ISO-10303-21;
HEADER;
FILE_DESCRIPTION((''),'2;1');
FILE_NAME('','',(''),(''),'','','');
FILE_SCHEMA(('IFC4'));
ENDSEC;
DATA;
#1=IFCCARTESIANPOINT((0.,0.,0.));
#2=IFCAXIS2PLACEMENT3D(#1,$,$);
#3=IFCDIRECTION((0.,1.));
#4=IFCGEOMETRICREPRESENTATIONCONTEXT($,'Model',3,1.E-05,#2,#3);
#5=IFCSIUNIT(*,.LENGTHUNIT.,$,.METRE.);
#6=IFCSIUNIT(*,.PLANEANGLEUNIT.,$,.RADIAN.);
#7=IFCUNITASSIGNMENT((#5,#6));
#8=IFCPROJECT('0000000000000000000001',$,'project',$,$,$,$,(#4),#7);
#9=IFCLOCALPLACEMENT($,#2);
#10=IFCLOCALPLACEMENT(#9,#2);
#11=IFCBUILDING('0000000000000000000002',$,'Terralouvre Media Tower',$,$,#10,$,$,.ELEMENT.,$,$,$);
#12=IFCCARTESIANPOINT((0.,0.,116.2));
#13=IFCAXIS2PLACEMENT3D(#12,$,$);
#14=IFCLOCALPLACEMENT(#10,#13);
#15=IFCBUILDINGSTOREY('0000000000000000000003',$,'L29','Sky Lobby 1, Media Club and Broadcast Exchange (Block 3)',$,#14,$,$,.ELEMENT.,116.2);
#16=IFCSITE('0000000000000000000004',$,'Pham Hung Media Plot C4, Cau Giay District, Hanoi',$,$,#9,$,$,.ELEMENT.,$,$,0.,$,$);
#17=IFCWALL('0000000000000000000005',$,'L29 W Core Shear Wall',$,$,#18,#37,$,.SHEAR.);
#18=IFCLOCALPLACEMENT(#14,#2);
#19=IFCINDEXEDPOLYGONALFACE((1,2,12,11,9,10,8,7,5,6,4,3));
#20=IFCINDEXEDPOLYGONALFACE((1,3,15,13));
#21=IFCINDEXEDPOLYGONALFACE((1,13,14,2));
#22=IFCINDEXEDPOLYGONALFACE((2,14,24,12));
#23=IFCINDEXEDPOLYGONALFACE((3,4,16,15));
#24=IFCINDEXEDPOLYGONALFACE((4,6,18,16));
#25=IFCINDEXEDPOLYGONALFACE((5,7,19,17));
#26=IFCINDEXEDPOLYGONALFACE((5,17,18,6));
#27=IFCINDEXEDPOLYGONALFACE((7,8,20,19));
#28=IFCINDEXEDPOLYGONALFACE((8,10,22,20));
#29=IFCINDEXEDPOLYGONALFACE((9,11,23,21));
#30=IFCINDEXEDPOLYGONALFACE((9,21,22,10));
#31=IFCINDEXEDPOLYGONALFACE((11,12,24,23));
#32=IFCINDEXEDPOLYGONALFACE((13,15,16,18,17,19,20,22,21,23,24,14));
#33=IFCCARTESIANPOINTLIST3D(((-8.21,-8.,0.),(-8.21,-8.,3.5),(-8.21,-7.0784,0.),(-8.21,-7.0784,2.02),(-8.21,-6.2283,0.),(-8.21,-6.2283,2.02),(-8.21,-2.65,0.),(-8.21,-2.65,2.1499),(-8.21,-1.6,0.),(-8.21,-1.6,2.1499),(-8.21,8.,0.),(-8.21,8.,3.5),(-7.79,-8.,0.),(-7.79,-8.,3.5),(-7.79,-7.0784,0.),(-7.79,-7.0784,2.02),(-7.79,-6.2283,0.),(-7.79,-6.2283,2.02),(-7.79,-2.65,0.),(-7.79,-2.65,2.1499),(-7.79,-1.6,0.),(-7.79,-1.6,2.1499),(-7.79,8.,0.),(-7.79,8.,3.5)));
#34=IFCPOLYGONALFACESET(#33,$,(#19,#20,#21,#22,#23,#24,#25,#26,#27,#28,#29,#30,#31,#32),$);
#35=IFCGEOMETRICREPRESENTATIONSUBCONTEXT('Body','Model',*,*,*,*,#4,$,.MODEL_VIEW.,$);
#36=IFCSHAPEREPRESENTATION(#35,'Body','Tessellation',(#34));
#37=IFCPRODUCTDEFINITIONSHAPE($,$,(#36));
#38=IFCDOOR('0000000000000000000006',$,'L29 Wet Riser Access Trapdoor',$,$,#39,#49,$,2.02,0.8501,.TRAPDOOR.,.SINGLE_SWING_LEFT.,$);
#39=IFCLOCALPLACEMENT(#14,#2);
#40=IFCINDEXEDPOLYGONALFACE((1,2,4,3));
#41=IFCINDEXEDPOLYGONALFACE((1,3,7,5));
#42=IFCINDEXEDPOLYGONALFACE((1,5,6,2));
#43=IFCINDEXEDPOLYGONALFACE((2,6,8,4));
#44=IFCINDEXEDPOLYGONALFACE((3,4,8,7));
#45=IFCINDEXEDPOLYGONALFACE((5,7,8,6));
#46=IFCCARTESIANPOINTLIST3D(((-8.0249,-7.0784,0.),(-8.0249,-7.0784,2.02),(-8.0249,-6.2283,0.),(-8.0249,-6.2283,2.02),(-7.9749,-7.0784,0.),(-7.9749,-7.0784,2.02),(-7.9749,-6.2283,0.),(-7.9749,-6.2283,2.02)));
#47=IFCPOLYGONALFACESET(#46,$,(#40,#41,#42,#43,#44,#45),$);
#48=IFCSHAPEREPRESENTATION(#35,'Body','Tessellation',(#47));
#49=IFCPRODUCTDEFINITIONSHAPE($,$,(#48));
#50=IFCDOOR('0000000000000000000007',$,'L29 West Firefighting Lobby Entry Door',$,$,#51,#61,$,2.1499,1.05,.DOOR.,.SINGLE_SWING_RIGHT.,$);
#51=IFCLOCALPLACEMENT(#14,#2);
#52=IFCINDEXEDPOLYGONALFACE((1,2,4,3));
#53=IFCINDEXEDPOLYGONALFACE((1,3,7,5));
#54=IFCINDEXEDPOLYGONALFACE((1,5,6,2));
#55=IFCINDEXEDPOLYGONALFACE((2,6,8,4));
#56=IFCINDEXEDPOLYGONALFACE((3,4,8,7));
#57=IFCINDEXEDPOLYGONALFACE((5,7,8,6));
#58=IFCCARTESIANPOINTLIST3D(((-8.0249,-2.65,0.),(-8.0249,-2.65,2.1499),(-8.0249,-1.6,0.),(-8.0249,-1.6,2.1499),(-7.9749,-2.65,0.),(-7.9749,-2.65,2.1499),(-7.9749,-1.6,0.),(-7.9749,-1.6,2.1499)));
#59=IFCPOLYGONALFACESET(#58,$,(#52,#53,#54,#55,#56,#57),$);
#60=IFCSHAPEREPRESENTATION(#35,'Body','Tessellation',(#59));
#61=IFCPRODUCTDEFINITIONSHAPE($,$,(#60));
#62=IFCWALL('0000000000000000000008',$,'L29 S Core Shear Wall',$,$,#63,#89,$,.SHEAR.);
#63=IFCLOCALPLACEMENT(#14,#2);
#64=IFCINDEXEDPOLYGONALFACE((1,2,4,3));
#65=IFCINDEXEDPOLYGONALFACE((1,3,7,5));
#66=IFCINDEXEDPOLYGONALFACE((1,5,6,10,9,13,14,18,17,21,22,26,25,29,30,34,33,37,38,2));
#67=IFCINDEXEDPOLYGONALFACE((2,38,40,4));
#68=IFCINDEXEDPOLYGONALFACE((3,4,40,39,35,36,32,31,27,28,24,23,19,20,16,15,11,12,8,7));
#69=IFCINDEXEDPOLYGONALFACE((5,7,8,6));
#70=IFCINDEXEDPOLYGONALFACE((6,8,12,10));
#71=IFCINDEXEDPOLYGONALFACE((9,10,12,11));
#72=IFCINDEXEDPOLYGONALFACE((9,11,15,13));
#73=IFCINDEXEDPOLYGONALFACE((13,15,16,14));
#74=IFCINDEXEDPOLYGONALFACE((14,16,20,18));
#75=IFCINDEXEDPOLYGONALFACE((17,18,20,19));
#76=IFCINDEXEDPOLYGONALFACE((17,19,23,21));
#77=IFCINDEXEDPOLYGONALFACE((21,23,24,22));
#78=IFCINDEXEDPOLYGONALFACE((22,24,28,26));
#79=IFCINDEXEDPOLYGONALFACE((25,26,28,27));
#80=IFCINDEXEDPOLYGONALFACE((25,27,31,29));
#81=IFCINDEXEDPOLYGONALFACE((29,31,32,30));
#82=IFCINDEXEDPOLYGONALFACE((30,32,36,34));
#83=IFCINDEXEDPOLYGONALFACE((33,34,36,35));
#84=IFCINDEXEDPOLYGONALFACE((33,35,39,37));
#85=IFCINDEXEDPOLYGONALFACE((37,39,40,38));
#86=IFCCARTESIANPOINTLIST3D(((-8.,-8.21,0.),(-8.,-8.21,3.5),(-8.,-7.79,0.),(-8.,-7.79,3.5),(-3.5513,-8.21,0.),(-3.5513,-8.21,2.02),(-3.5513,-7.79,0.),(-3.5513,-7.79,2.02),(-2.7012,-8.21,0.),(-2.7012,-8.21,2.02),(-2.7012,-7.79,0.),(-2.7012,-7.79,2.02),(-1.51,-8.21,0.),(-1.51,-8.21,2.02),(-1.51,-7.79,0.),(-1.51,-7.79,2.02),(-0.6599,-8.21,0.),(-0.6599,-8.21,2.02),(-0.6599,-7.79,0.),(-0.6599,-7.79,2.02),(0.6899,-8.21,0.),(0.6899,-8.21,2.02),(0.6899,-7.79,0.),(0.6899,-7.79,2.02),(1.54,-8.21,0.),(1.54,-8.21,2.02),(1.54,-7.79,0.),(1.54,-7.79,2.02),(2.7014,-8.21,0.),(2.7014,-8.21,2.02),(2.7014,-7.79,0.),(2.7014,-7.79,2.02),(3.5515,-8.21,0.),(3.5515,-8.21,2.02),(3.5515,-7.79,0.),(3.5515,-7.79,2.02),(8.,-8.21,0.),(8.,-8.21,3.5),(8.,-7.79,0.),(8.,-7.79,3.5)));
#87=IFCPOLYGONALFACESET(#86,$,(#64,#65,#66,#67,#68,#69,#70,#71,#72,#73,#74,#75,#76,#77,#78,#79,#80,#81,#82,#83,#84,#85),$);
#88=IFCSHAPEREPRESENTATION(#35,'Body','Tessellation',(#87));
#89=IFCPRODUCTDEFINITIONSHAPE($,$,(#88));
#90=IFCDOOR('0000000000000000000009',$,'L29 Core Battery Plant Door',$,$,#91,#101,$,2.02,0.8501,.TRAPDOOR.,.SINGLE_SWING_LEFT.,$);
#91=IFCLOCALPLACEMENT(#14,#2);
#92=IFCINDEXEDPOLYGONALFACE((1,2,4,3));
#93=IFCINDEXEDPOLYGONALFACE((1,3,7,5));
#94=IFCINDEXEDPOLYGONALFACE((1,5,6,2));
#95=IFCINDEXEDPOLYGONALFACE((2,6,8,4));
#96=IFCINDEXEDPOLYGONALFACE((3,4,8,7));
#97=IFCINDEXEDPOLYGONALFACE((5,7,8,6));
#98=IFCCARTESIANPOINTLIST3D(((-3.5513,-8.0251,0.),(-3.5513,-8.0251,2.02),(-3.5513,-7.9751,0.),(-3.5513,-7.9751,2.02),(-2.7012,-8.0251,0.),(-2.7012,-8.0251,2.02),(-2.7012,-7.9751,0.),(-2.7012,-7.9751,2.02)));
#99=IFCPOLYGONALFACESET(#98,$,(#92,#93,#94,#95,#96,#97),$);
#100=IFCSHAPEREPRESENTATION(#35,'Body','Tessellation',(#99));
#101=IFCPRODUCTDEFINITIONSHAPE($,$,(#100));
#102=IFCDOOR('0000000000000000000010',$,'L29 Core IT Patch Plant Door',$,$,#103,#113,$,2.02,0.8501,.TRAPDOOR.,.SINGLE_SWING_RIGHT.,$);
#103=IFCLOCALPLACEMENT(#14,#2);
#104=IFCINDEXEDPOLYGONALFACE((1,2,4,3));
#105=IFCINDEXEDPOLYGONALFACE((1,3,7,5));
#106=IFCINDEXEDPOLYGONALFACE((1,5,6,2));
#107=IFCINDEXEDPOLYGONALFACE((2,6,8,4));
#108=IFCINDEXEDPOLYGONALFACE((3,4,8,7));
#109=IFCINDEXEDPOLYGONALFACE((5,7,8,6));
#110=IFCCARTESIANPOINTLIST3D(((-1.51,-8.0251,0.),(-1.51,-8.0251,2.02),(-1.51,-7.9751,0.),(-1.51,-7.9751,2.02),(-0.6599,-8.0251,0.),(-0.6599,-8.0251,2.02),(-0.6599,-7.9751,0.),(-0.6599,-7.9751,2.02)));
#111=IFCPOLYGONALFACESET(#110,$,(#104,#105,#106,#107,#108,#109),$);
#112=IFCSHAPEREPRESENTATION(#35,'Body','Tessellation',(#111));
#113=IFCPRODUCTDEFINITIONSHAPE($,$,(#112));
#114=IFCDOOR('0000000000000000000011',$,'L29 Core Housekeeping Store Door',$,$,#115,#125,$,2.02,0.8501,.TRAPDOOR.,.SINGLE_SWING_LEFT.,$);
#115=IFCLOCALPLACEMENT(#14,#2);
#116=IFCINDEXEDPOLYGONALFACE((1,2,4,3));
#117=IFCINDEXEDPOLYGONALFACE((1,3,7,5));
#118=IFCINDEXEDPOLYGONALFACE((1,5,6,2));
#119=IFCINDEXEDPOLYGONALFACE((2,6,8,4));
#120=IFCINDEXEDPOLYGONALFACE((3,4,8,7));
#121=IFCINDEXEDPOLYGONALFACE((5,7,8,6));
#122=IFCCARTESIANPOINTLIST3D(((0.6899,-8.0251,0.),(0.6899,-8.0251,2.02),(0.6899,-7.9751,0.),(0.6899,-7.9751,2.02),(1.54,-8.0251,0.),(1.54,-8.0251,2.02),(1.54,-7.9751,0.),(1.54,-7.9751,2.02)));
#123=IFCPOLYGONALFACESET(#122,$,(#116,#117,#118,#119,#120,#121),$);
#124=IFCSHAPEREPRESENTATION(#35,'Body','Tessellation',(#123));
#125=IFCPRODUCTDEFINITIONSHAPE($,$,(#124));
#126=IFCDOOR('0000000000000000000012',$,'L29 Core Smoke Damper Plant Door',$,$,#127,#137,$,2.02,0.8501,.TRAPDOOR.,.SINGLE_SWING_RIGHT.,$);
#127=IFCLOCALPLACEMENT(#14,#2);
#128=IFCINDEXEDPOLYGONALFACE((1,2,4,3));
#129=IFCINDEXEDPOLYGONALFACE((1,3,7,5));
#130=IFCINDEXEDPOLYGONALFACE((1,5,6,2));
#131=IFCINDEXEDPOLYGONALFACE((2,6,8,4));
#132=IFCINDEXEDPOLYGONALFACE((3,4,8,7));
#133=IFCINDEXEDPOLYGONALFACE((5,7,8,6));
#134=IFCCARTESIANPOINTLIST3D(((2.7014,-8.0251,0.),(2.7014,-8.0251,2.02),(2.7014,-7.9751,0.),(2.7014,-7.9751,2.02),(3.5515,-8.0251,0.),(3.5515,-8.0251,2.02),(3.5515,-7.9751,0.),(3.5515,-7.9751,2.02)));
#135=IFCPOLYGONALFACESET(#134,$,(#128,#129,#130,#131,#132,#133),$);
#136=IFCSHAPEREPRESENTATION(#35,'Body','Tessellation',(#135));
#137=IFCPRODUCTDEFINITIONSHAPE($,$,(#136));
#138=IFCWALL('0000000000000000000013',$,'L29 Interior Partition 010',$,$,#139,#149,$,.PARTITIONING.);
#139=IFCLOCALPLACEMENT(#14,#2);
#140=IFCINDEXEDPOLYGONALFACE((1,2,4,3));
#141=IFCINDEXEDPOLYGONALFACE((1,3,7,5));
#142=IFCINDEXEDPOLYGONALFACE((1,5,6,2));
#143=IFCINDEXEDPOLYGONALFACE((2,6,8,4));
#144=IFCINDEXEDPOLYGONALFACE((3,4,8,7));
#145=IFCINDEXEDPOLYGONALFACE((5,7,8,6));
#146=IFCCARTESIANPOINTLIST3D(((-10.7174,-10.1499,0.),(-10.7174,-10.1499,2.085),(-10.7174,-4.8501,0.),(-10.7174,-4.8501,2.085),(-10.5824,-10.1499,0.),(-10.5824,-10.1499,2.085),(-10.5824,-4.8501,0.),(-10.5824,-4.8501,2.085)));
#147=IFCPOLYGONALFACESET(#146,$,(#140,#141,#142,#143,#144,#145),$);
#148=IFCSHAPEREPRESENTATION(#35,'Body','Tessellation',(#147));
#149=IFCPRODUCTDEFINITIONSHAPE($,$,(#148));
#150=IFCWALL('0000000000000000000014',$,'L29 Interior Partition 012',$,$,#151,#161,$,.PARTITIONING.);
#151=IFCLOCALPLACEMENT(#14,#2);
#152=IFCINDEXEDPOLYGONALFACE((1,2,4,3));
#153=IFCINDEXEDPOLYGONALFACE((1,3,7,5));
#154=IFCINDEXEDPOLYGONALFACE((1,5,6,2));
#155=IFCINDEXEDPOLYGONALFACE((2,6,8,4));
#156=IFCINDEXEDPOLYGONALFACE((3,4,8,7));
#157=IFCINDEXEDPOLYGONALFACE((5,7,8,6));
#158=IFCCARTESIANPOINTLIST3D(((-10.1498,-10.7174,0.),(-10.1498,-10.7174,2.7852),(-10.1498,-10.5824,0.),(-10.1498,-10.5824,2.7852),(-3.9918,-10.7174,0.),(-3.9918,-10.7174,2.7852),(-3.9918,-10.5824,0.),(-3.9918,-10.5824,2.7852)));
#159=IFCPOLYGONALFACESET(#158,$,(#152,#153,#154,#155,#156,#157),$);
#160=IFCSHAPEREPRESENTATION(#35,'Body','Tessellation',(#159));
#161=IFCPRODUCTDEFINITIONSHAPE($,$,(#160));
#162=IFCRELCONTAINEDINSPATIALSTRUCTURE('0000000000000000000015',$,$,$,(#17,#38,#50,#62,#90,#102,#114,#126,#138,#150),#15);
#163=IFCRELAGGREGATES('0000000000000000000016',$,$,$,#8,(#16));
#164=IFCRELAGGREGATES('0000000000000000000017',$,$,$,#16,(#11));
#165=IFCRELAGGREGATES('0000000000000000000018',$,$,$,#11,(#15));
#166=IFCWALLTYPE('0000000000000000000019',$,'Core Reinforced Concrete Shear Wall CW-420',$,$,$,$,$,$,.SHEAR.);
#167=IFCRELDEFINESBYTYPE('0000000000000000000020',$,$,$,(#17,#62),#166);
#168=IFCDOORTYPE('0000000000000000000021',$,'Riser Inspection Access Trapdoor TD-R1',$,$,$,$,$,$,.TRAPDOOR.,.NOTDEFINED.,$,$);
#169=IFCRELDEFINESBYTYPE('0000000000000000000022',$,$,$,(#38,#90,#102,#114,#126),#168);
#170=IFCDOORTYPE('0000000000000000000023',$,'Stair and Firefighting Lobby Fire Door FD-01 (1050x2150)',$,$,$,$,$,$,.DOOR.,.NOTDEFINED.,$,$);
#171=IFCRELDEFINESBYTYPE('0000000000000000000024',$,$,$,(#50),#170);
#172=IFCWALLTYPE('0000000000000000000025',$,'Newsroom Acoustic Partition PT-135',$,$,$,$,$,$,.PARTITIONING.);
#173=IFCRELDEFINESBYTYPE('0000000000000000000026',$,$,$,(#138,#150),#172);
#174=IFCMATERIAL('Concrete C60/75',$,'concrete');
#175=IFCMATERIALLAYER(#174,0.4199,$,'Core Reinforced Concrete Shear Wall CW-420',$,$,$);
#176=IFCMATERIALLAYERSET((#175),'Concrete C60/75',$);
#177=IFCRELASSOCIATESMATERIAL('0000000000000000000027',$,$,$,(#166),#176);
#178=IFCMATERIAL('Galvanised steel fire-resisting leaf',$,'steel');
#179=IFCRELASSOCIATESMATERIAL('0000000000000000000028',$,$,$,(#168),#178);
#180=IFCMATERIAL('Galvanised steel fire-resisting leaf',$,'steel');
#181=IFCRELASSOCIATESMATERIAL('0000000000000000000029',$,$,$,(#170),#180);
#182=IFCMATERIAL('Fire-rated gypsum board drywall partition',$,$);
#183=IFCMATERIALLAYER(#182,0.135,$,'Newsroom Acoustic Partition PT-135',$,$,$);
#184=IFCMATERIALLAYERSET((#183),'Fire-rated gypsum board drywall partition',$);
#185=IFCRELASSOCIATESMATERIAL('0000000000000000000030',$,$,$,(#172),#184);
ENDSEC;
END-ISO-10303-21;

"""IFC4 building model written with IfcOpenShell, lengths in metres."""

from ifc_helpers import new_model, si_unit, direction, frame, frame_2d, origin, place, context, subcontext, project, spatial, rectangle, extrude, material, layer, layer_set, type_object, element, fill, save


model = new_model("IFC4")

# Units and contexts
model_context = context("Model", 3, precision=1e-05, world=origin(), true_north=direction((0.0, 1.0)))
body_context = subcontext(model_context, "Body", "Model", "MODEL_VIEW")
ifc_project = project(units=[si_unit("LENGTHUNIT", "METRE"), si_unit("PLANEANGLEUNIT", "RADIAN")], contexts=[model_context])

# Site, building, storey
site_placement = place(None, origin())
site = spatial("IfcSite", under=ifc_project, at=site_placement, Name="Pham Hung Media Plot C4, Cau Giay District, Hanoi", CompositionType="ELEMENT", RefElevation=0.0)
building_placement = place(site_placement, origin())
building = spatial("IfcBuilding", under=site, at=building_placement, Name="Terralouvre Media Tower", CompositionType="ELEMENT")
storey_placement = place(building_placement, frame((0.0, 0.0, 116.2)))
storey = spatial("IfcBuildingStorey", under=building, at=storey_placement, Name="L29", Description="Sky Lobby 1, Media Club and Broadcast Exchange (Block 3)", CompositionType="ELEMENT", Elevation=116.2)

# Walls, openings, doors
ifc_material_1 = material(Name="Concrete C60/75", Category="concrete")
ifc_layer_1 = layer(ifc_material_1, 0.4199, Name="Core Reinforced Concrete Shear Wall CW-420")
ifc_layer_set_1 = layer_set([ifc_layer_1], Name="Concrete C60/75")
wall_type_1 = type_object("IfcWallType", Name="Core Reinforced Concrete Shear Wall CW-420", PredefinedType="SHEAR", material=ifc_layer_set_1)
wall_1_placement = place(storey_placement, frame((-8.0, -8.0, 0.0), z_axis=(0.0, 0.0, 1.0), x_axis=(0.0, 1.0, 0.0)))
wall_1 = element("IfcWall", 1, at=wall_1_placement, inside=storey, type_object=wall_type_1, Name="L29 W Core Shear Wall", PredefinedType="SHEAR", context=body_context, shape_type="SweptSolid", body=[
    extrude(rectangle(XDim=16.0, YDim=0.4199, at=frame_2d((8.0, 0.0))), origin(), (0.0, 0.0, 1.0), 3.5),
])
opening_1_placement = place(wall_1_placement, frame((0.9216, 0.0, 0.0)))
opening_1 = element("IfcOpeningElement", 2, at=opening_1_placement, cuts=wall_1, PredefinedType="OPENING", context=body_context, shape_type="SweptSolid", body=[
    extrude(rectangle(XDim=0.8501, YDim=2.02, at=frame_2d((0.425, 1.01))), frame((0.0, 0.22, 0.0), z_axis=(0.0, -1.0, 0.0), x_axis=(1.0, 0.0, 0.0)), (0.0, 0.0, 1.0), 0.4399),
])
opening_2_placement = place(wall_1_placement, frame((5.3501, 0.0, 0.0)))
opening_2 = element("IfcOpeningElement", 3, at=opening_2_placement, cuts=wall_1, PredefinedType="OPENING", context=body_context, shape_type="SweptSolid", body=[
    extrude(rectangle(XDim=1.05, YDim=2.1499, at=frame_2d((0.5249, 1.075))), frame((0.0, 0.22, 0.0), z_axis=(0.0, -1.0, 0.0), x_axis=(1.0, 0.0, 0.0)), (0.0, 0.0, 1.0), 0.4399),
])
ifc_material_2 = material(Name="Galvanised steel fire-resisting leaf", Category="steel")
door_type_1 = type_object("IfcDoorType", Name="Riser Inspection Access Trapdoor TD-R1", OperationType="NOTDEFINED", PredefinedType="TRAPDOOR", material=ifc_material_2)
door_1_placement = place(opening_1_placement, origin())
door_1 = element("IfcDoor", 4, at=door_1_placement, inside=storey, type_object=door_type_1, Name="L29 Wet Riser Access Trapdoor", OperationType="SINGLE_SWING_LEFT", OverallHeight=2.02, OverallWidth=0.8501, PredefinedType="TRAPDOOR", context=body_context, shape_type="SweptSolid", body=[
    extrude(rectangle(XDim=0.8501, YDim=2.02, at=frame_2d((0.425, 1.01))), frame((0.0, 0.0249, 0.0), z_axis=(0.0, -1.0, 0.0), x_axis=(1.0, 0.0, 0.0)), (0.0, 0.0, 1.0), 0.05),
])
fill(opening_1, door_1)
ifc_material_3 = material(Name="Galvanised steel fire-resisting leaf", Category="steel")
door_type_2 = type_object("IfcDoorType", Name="Stair and Firefighting Lobby Fire Door FD-01 (1050x2150)", OperationType="NOTDEFINED", PredefinedType="DOOR", material=ifc_material_3)
door_2_placement = place(opening_2_placement, origin())
door_2 = element("IfcDoor", 5, at=door_2_placement, inside=storey, type_object=door_type_2, Name="L29 West Firefighting Lobby Entry Door", OperationType="SINGLE_SWING_RIGHT", OverallHeight=2.1499, OverallWidth=1.05, PredefinedType="DOOR", context=body_context, shape_type="SweptSolid", body=[
    extrude(rectangle(XDim=1.05, YDim=2.1499, at=frame_2d((0.5249, 1.075))), frame((0.0, 0.0249, 0.0), z_axis=(0.0, -1.0, 0.0), x_axis=(1.0, 0.0, 0.0)), (0.0, 0.0, 1.0), 0.05),
])
fill(opening_2, door_2)
wall_2_placement = place(storey_placement, frame((-8.0, -8.0, 0.0), z_axis=(0.0, 0.0, 1.0), x_axis=(1.0, 0.0, 0.0)))
wall_2 = element("IfcWall", 6, at=wall_2_placement, inside=storey, type_object=wall_type_1, Name="L29 S Core Shear Wall", PredefinedType="SHEAR", context=body_context, shape_type="SweptSolid", body=[
    extrude(rectangle(XDim=16.0, YDim=0.4199, at=frame_2d((8.0, 0.0))), origin(), (0.0, 0.0, 1.0), 3.5),
])
opening_3_placement = place(wall_2_placement, frame((4.4487, 0.0, 0.0)))
opening_3 = element("IfcOpeningElement", 7, at=opening_3_placement, cuts=wall_2, PredefinedType="OPENING", context=body_context, shape_type="SweptSolid", body=[
    extrude(rectangle(XDim=0.8501, YDim=2.02, at=frame_2d((0.425, 1.01))), frame((0.0, 0.22, 0.0), z_axis=(0.0, -1.0, 0.0), x_axis=(1.0, 0.0, 0.0)), (0.0, 0.0, 1.0), 0.4399),
])
opening_4_placement = place(wall_2_placement, frame((6.49, 0.0, 0.0)))
opening_4 = element("IfcOpeningElement", 8, at=opening_4_placement, cuts=wall_2, PredefinedType="OPENING", context=body_context, shape_type="SweptSolid", body=[
    extrude(rectangle(XDim=0.8501, YDim=2.02, at=frame_2d((0.425, 1.01))), frame((0.0, 0.22, 0.0), z_axis=(0.0, -1.0, 0.0), x_axis=(1.0, 0.0, 0.0)), (0.0, 0.0, 1.0), 0.4399),
])
opening_5_placement = place(wall_2_placement, frame((8.6899, 0.0, 0.0)))
opening_5 = element("IfcOpeningElement", 9, at=opening_5_placement, cuts=wall_2, PredefinedType="OPENING", context=body_context, shape_type="SweptSolid", body=[
    extrude(rectangle(XDim=0.8501, YDim=2.02, at=frame_2d((0.425, 1.01))), frame((0.0, 0.22, 0.0), z_axis=(0.0, -1.0, 0.0), x_axis=(1.0, 0.0, 0.0)), (0.0, 0.0, 1.0), 0.4399),
])
opening_6_placement = place(wall_2_placement, frame((10.7014, 0.0, 0.0)))
opening_6 = element("IfcOpeningElement", 10, at=opening_6_placement, cuts=wall_2, PredefinedType="OPENING", context=body_context, shape_type="SweptSolid", body=[
    extrude(rectangle(XDim=0.8501, YDim=2.02, at=frame_2d((0.425, 1.01))), frame((0.0, 0.22, 0.0), z_axis=(0.0, -1.0, 0.0), x_axis=(1.0, 0.0, 0.0)), (0.0, 0.0, 1.0), 0.4399),
])
door_3_placement = place(opening_3_placement, origin())
door_3 = element("IfcDoor", 11, at=door_3_placement, inside=storey, type_object=door_type_1, Name="L29 Core Battery Plant Door", OperationType="SINGLE_SWING_LEFT", OverallHeight=2.02, OverallWidth=0.8501, PredefinedType="TRAPDOOR", context=body_context, shape_type="SweptSolid", body=[
    extrude(rectangle(XDim=0.8501, YDim=2.02, at=frame_2d((0.425, 1.01))), frame((0.0, 0.0249, 0.0), z_axis=(0.0, -1.0, 0.0), x_axis=(1.0, 0.0, 0.0)), (0.0, 0.0, 1.0), 0.05),
])
fill(opening_3, door_3)
door_4_placement = place(opening_4_placement, origin())
door_4 = element("IfcDoor", 12, at=door_4_placement, inside=storey, type_object=door_type_1, Name="L29 Core IT Patch Plant Door", OperationType="SINGLE_SWING_RIGHT", OverallHeight=2.02, OverallWidth=0.8501, PredefinedType="TRAPDOOR", context=body_context, shape_type="SweptSolid", body=[
    extrude(rectangle(XDim=0.8501, YDim=2.02, at=frame_2d((0.425, 1.01))), frame((0.0, 0.0249, 0.0), z_axis=(0.0, -1.0, 0.0), x_axis=(1.0, 0.0, 0.0)), (0.0, 0.0, 1.0), 0.05),
])
fill(opening_4, door_4)
door_5_placement = place(opening_5_placement, origin())
door_5 = element("IfcDoor", 13, at=door_5_placement, inside=storey, type_object=door_type_1, Name="L29 Core Housekeeping Store Door", OperationType="SINGLE_SWING_LEFT", OverallHeight=2.02, OverallWidth=0.8501, PredefinedType="TRAPDOOR", context=body_context, shape_type="SweptSolid", body=[
    extrude(rectangle(XDim=0.8501, YDim=2.02, at=frame_2d((0.425, 1.01))), frame((0.0, 0.0249, 0.0), z_axis=(0.0, -1.0, 0.0), x_axis=(1.0, 0.0, 0.0)), (0.0, 0.0, 1.0), 0.05),
])
fill(opening_5, door_5)
door_6_placement = place(opening_6_placement, origin())
door_6 = element("IfcDoor", 14, at=door_6_placement, inside=storey, type_object=door_type_1, Name="L29 Core Smoke Damper Plant Door", OperationType="SINGLE_SWING_RIGHT", OverallHeight=2.02, OverallWidth=0.8501, PredefinedType="TRAPDOOR", context=body_context, shape_type="SweptSolid", body=[
    extrude(rectangle(XDim=0.8501, YDim=2.02, at=frame_2d((0.425, 1.01))), frame((0.0, 0.0249, 0.0), z_axis=(0.0, -1.0, 0.0), x_axis=(1.0, 0.0, 0.0)), (0.0, 0.0, 1.0), 0.05),
])
fill(opening_6, door_6)

# Walls
ifc_material_4 = material(Name="Fire-rated gypsum board drywall partition")
ifc_layer_2 = layer(ifc_material_4, 0.135, Name="Newsroom Acoustic Partition PT-135")
ifc_layer_set_2 = layer_set([ifc_layer_2], Name="Fire-rated gypsum board drywall partition")
wall_type_2 = type_object("IfcWallType", Name="Newsroom Acoustic Partition PT-135", PredefinedType="PARTITIONING", material=ifc_layer_set_2)
wall_3_placement = place(storey_placement, frame((-10.6499, -4.8501, 0.0), z_axis=(0.0, 0.0, 1.0), x_axis=(0.0, -1.0, 0.0)))
element("IfcWall", 15, at=wall_3_placement, inside=storey, type_object=wall_type_2, Name="L29 Interior Partition 010", PredefinedType="PARTITIONING", context=body_context, shape_type="SweptSolid", body=[
    extrude(rectangle(XDim=5.2998, YDim=0.135, at=frame_2d((2.6499, 0.0))), origin(), (0.0, 0.0, 1.0), 2.085),
])
wall_4_placement = place(storey_placement, frame((-10.1499, -10.6499, 0.0), z_axis=(0.0, 0.0, 1.0), x_axis=(1.0, 0.0, 0.0)))
element("IfcWall", 16, at=wall_4_placement, inside=storey, type_object=wall_type_2, Name="L29 Interior Partition 012", PredefinedType="PARTITIONING", context=body_context, shape_type="SweptSolid", body=[
    extrude(rectangle(XDim=6.158, YDim=0.135, at=frame_2d((3.0791, 0.0))), origin(), (0.0, 0.0, 1.0), 2.7852),
])

save(model, "model.ifc")
